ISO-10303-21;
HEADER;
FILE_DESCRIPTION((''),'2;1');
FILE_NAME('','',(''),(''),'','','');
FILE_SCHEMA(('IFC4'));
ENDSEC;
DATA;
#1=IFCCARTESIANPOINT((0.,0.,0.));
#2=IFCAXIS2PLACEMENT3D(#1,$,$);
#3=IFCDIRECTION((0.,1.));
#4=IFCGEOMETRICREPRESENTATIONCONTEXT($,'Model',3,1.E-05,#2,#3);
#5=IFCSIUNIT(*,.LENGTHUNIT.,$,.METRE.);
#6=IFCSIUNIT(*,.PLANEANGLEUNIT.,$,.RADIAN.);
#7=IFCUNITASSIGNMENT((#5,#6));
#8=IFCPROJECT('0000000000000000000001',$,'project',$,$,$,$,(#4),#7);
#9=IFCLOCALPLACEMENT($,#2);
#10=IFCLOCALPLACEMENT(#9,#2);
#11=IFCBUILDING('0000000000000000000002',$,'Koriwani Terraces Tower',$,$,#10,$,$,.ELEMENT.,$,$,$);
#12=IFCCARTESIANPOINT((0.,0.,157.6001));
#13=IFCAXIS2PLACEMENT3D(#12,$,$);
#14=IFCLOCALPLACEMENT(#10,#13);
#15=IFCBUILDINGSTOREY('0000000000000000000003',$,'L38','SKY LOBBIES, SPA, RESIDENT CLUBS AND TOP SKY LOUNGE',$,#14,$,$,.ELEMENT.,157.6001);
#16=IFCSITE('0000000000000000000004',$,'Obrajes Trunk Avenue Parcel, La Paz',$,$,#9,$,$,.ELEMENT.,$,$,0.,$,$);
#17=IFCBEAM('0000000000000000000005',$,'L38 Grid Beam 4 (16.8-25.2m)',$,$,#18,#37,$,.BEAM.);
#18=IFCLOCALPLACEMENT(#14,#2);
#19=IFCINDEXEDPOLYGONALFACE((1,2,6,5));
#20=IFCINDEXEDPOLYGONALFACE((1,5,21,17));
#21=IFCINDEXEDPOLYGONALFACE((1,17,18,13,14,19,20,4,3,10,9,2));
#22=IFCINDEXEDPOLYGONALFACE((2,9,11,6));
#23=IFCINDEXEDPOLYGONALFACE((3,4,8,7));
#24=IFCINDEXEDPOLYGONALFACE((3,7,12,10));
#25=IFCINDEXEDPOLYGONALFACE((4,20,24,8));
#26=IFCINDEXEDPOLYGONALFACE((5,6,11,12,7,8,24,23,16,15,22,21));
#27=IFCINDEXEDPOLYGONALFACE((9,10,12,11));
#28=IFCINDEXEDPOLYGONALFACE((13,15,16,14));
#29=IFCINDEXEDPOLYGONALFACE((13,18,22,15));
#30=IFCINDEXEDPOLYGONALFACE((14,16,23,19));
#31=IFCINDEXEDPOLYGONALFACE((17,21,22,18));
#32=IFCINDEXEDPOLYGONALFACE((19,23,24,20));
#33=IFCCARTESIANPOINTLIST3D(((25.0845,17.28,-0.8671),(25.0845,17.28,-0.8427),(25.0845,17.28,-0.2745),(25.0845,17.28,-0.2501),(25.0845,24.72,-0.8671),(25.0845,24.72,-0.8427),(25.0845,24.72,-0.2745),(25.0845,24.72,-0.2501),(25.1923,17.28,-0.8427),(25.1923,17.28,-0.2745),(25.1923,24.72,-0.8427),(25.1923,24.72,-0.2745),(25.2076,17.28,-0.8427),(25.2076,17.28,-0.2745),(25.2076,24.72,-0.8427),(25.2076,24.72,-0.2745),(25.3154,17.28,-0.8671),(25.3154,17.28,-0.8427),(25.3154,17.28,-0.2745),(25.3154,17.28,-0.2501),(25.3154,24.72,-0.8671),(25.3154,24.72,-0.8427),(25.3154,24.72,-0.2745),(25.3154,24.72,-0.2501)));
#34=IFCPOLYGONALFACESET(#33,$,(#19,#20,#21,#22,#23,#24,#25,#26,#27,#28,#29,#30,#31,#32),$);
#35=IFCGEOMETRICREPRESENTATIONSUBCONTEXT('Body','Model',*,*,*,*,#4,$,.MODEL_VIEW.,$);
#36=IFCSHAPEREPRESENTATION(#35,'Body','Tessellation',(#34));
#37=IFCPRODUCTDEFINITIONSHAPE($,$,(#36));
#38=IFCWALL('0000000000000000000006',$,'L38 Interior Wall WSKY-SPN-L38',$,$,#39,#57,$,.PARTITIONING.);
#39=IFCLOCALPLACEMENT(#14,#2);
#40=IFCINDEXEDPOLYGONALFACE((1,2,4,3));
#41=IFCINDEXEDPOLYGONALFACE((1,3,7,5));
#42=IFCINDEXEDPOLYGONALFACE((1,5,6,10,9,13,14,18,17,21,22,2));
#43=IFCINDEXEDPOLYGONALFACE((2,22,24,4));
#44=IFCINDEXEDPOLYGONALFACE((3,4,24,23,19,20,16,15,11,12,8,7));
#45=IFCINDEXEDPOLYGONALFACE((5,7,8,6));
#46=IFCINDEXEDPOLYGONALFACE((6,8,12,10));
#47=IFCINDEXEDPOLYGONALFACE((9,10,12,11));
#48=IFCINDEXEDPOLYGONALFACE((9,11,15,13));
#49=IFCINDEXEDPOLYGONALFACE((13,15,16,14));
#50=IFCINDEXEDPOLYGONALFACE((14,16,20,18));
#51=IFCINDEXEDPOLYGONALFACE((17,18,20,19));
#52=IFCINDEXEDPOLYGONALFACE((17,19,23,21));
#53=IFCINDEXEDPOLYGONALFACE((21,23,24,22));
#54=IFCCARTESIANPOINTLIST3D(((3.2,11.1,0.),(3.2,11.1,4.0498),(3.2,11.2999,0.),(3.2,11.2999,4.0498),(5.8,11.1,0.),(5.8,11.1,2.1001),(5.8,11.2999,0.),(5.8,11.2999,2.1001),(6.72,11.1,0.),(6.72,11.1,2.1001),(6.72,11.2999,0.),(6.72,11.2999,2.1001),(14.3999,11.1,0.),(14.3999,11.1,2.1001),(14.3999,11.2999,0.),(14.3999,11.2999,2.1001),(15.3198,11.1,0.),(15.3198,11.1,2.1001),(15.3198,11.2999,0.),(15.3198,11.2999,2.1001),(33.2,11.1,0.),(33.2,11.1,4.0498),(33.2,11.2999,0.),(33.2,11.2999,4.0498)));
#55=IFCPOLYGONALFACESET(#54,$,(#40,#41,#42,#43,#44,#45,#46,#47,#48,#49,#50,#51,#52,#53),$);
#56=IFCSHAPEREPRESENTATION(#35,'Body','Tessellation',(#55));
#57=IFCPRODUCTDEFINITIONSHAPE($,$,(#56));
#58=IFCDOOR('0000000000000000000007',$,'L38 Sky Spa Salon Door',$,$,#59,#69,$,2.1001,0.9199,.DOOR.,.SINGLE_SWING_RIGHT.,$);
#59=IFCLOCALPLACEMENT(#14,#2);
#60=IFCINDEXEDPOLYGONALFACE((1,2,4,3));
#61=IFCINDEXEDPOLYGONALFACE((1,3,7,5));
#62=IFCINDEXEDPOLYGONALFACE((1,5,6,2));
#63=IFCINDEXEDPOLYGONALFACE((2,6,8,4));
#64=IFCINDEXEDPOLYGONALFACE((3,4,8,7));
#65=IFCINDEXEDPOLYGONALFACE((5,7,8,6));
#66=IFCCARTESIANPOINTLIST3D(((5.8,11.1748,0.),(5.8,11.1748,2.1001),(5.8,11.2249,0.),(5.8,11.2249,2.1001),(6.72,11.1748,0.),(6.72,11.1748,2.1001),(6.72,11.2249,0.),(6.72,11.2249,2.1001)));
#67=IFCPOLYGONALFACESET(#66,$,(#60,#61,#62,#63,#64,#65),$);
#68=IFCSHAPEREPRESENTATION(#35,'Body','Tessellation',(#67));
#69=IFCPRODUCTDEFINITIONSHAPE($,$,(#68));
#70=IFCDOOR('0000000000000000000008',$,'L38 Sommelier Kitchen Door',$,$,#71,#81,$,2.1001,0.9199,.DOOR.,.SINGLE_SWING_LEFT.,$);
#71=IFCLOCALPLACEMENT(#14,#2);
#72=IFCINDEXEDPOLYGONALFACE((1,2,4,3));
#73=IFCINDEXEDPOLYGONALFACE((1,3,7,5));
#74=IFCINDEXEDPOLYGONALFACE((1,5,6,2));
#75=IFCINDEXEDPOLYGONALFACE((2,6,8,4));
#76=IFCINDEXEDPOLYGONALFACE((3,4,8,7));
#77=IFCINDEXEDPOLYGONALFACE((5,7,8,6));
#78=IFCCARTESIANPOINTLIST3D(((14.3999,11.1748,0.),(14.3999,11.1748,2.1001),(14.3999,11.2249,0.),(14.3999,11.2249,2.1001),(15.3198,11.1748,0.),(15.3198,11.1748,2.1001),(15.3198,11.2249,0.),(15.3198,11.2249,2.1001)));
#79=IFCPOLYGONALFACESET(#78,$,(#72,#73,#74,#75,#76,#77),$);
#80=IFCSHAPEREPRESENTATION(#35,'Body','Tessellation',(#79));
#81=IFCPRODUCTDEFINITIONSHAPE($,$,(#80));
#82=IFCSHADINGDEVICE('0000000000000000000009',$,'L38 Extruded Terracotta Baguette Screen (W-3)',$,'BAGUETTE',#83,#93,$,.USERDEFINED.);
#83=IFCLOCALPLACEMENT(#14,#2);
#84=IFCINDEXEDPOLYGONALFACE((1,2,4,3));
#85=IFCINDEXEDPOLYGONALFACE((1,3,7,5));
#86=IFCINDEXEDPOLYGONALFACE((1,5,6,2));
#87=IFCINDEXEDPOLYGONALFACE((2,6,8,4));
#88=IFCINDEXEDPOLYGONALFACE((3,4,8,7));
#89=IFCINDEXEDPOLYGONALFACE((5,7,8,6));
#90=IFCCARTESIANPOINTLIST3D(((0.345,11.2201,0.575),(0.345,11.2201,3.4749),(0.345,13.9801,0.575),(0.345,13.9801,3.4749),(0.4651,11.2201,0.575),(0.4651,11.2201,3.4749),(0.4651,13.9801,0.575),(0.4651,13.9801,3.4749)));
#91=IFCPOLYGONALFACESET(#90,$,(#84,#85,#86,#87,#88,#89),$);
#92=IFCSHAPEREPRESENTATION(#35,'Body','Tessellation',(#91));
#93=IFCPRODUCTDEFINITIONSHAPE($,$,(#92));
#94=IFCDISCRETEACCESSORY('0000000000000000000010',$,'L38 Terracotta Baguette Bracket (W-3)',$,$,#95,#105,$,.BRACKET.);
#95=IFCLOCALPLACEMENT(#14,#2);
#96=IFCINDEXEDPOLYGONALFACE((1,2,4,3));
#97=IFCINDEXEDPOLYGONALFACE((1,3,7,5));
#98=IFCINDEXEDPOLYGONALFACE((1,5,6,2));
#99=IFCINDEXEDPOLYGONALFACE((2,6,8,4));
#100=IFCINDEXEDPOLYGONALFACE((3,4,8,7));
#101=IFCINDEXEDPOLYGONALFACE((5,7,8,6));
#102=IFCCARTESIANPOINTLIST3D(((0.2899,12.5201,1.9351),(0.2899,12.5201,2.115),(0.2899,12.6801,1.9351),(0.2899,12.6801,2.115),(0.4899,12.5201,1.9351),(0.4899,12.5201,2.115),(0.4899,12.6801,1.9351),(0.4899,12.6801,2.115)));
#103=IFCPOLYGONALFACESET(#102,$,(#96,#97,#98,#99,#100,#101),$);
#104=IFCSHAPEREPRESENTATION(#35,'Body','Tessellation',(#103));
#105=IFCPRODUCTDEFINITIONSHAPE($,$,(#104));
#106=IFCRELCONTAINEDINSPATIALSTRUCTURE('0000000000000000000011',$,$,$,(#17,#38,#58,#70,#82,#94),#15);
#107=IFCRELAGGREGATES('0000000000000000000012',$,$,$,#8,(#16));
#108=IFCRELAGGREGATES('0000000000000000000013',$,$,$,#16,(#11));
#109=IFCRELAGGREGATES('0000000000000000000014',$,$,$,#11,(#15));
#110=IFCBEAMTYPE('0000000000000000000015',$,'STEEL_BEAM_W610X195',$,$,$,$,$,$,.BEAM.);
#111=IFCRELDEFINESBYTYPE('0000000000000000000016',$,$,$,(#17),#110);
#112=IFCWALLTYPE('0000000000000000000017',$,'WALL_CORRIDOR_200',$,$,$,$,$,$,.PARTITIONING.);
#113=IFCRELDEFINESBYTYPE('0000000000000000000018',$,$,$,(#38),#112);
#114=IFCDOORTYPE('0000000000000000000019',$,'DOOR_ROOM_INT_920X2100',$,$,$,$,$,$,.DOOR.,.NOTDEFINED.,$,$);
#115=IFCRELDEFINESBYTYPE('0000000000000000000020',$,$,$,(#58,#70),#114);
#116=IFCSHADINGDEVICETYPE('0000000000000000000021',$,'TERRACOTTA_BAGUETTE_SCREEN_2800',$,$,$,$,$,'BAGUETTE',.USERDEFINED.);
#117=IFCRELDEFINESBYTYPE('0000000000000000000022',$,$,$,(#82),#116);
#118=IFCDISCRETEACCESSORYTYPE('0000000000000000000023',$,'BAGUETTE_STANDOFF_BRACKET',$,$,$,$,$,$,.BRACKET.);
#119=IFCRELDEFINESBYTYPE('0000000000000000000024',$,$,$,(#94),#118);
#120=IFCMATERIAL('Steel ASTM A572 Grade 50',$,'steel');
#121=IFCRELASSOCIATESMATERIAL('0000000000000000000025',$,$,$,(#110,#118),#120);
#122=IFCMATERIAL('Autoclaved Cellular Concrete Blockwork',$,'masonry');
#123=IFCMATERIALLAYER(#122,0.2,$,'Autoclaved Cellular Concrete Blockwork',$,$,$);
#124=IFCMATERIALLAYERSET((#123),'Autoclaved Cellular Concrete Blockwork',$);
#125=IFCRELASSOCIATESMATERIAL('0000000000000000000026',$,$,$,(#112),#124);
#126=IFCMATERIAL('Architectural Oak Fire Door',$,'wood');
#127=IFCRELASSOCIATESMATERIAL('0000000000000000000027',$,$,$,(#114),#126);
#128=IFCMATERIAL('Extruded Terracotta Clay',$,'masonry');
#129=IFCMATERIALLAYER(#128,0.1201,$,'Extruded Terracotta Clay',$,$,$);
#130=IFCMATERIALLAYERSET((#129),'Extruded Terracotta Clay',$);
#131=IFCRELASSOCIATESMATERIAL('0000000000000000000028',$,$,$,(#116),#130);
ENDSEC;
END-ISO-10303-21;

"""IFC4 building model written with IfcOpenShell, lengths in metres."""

from ifc_helpers import new_model, si_unit, direction, frame, frame_2d, origin, origin_2d, place, context, subcontext, project, spatial, rectangle, i_section, extrude, material, layer, layer_set, material_profile, profile_set, type_object, element, fill, save


model = new_model("IFC4")

# Units and contexts
model_context = context("Model", 3, precision=1e-05, world=origin(), true_north=direction((0.0, 1.0)))
body_context = subcontext(model_context, "Body", "Model", "MODEL_VIEW")
ifc_project = project(units=[si_unit("LENGTHUNIT", "METRE"), si_unit("PLANEANGLEUNIT", "RADIAN")], contexts=[model_context])

# Site, building, storey
site_placement = place(None, origin())
site = spatial("IfcSite", under=ifc_project, at=site_placement, Name="Obrajes Trunk Avenue Parcel, La Paz", CompositionType="ELEMENT", RefElevation=0.0)
building_placement = place(site_placement, origin())
building = spatial("IfcBuilding", under=site, at=building_placement, Name="Koriwani Terraces Tower", CompositionType="ELEMENT")
storey_placement = place(building_placement, frame((0.0, 0.0, 157.6001)))
storey = spatial("IfcBuildingStorey", under=building, at=storey_placement, Name="L38", Description="SKY LOBBIES, SPA, RESIDENT CLUBS AND TOP SKY LOUNGE", CompositionType="ELEMENT", Elevation=157.6001)

# Beam
ifc_material_1 = material(Name="Steel ASTM A572 Grade 50", Category="steel")
ifc_material_profile_1 = material_profile(ifc_material_1, i_section(OverallWidth=0.231, OverallDepth=0.6169, WebThickness=0.0154, FlangeThickness=0.0244, at=origin_2d()), Name="Steel ASTM A572 Grade 50", Category="LoadBearing")
ifc_profile_set_1 = profile_set([ifc_material_profile_1], Name="Steel ASTM A572 Grade 50")
beam_type_1 = type_object("IfcBeamType", Name="STEEL_BEAM_W610X195", PredefinedType="BEAM", material=ifc_profile_set_1)
beam_1_placement = place(storey_placement, frame((25.2, 17.28, -0.5586), z_axis=(0.0, 1.0, 0.0), x_axis=(-1.0, 0.0, 0.0)))
element("IfcBeam", 1, at=beam_1_placement, inside=storey, type_object=beam_type_1, Name="L38 Grid Beam 4 (16.8-25.2m)", PredefinedType="BEAM", context=body_context, shape_type="SweptSolid", body=[
    extrude(i_section(OverallWidth=0.231, OverallDepth=0.6169, WebThickness=0.0154, FlangeThickness=0.0244, at=origin_2d()), origin(), (0.0, 0.0, 1.0), 7.4399),
])

# Wall, openings, doors
ifc_material_2 = material(Name="Autoclaved Cellular Concrete Blockwork", Category="masonry")
ifc_layer_1 = layer(ifc_material_2, 0.2, Name="Autoclaved Cellular Concrete Blockwork")
ifc_layer_set_1 = layer_set([ifc_layer_1], Name="Autoclaved Cellular Concrete Blockwork")
wall_type = type_object("IfcWallType", Name="WALL_CORRIDOR_200", PredefinedType="PARTITIONING", material=ifc_layer_set_1)
wall_placement = place(storey_placement, frame((3.2, 11.2, 0.0), z_axis=(0.0, 0.0, 1.0), x_axis=(1.0, 0.0, 0.0)))
wall = element("IfcWall", 2, at=wall_placement, inside=storey, type_object=wall_type, Name="L38 Interior Wall WSKY-SPN-L38", PredefinedType="PARTITIONING", context=body_context, shape_type="SweptSolid", body=[
    extrude(rectangle(XDim=30.0, YDim=0.2, at=frame_2d((15.0, 0.0))), origin(), (0.0, 0.0, 1.0), 4.0498),
])
opening_1_placement = place(wall_placement, frame((2.6001, 0.0, 0.0)))
opening_1 = element("IfcOpeningElement", 3, at=opening_1_placement, cuts=wall, PredefinedType="OPENING", context=body_context, shape_type="SweptSolid", body=[
    extrude(rectangle(XDim=0.9199, YDim=2.1001, at=frame_2d((0.46, 1.05))), frame((0.0, 0.1099, 0.0), z_axis=(0.0, -1.0, 0.0), x_axis=(1.0, 0.0, 0.0)), (0.0, 0.0, 1.0), 0.22),
])
opening_2_placement = place(wall_placement, frame((11.2, 0.0, 0.0)))
opening_2 = element("IfcOpeningElement", 4, at=opening_2_placement, cuts=wall, PredefinedType="OPENING", context=body_context, shape_type="SweptSolid", body=[
    extrude(rectangle(XDim=0.9199, YDim=2.1001, at=frame_2d((0.46, 1.05))), frame((0.0, 0.1099, 0.0), z_axis=(0.0, -1.0, 0.0), x_axis=(1.0, 0.0, 0.0)), (0.0, 0.0, 1.0), 0.22),
])
ifc_material_3 = material(Name="Architectural Oak Fire Door", Category="wood")
door_type = type_object("IfcDoorType", Name="DOOR_ROOM_INT_920X2100", OperationType="NOTDEFINED", PredefinedType="DOOR", material=ifc_material_3)
door_1_placement = place(opening_1_placement, origin())
door_1 = element("IfcDoor", 5, at=door_1_placement, inside=storey, type_object=door_type, Name="L38 Sky Spa Salon Door", OperationType="SINGLE_SWING_RIGHT", OverallHeight=2.1001, OverallWidth=0.9199, PredefinedType="DOOR", context=body_context, shape_type="SweptSolid", body=[
    extrude(rectangle(XDim=0.9199, YDim=2.1001, at=frame_2d((0.46, 1.05))), frame((0.0, 0.0249, 0.0), z_axis=(0.0, -1.0, 0.0), x_axis=(1.0, 0.0, 0.0)), (0.0, 0.0, 1.0), 0.05),
])
fill(opening_1, door_1)
door_2_placement = place(opening_2_placement, origin())
door_2 = element("IfcDoor", 6, at=door_2_placement, inside=storey, type_object=door_type, Name="L38 Sommelier Kitchen Door", OperationType="SINGLE_SWING_LEFT", OverallHeight=2.1001, OverallWidth=0.9199, PredefinedType="DOOR", context=body_context, shape_type="SweptSolid", body=[
    extrude(rectangle(XDim=0.9199, YDim=2.1001, at=frame_2d((0.46, 1.05))), frame((0.0, 0.0249, 0.0), z_axis=(0.0, -1.0, 0.0), x_axis=(1.0, 0.0, 0.0)), (0.0, 0.0, 1.0), 0.05),
])
fill(opening_2, door_2)

# Shading device
ifc_material_4 = material(Name="Extruded Terracotta Clay", Category="masonry")
ifc_layer_2 = layer(ifc_material_4, 0.1201, Name="Extruded Terracotta Clay")
ifc_layer_set_2 = layer_set([ifc_layer_2], Name="Extruded Terracotta Clay")
shading_device_type = type_object("IfcShadingDeviceType", Name="TERRACOTTA_BAGUETTE_SCREEN_2800", ElementType="BAGUETTE", PredefinedType="USERDEFINED", material=ifc_layer_set_2)
shading_device_placement = place(storey_placement, frame((0.405, 12.6001, 0.575), z_axis=(0.0, 0.0, 1.0), x_axis=(0.0, 1.0, 0.0)))
element("IfcShadingDevice", 7, at=shading_device_placement, inside=storey, type_object=shading_device_type, Name="L38 Extruded Terracotta Baguette Screen (W-3)", ObjectType="BAGUETTE", PredefinedType="USERDEFINED", context=body_context, shape_type="SweptSolid", body=[
    extrude(rectangle(XDim=2.76, YDim=0.1201, at=origin_2d()), origin(), (0.0, 0.0, 1.0), 2.8999),
])

# Discrete accessory
discrete_accessory_type = type_object("IfcDiscreteAccessoryType", Name="BAGUETTE_STANDOFF_BRACKET", PredefinedType="BRACKET", material=ifc_material_1)
discrete_accessory_placement = place(storey_placement, frame((0.3899, 12.6001, 1.9351), z_axis=(0.0, 0.0, 1.0), x_axis=(0.0, 1.0, 0.0)))
element("IfcDiscreteAccessory", 8, at=discrete_accessory_placement, inside=storey, type_object=discrete_accessory_type, Name="L38 Terracotta Baguette Bracket (W-3)", PredefinedType="BRACKET", context=body_context, shape_type="SweptSolid", body=[
    extrude(rectangle(XDim=0.1599, YDim=0.2, at=origin_2d()), origin(), (0.0, 0.0, 1.0), 0.1799),
])

save(model, "model.ifc")
